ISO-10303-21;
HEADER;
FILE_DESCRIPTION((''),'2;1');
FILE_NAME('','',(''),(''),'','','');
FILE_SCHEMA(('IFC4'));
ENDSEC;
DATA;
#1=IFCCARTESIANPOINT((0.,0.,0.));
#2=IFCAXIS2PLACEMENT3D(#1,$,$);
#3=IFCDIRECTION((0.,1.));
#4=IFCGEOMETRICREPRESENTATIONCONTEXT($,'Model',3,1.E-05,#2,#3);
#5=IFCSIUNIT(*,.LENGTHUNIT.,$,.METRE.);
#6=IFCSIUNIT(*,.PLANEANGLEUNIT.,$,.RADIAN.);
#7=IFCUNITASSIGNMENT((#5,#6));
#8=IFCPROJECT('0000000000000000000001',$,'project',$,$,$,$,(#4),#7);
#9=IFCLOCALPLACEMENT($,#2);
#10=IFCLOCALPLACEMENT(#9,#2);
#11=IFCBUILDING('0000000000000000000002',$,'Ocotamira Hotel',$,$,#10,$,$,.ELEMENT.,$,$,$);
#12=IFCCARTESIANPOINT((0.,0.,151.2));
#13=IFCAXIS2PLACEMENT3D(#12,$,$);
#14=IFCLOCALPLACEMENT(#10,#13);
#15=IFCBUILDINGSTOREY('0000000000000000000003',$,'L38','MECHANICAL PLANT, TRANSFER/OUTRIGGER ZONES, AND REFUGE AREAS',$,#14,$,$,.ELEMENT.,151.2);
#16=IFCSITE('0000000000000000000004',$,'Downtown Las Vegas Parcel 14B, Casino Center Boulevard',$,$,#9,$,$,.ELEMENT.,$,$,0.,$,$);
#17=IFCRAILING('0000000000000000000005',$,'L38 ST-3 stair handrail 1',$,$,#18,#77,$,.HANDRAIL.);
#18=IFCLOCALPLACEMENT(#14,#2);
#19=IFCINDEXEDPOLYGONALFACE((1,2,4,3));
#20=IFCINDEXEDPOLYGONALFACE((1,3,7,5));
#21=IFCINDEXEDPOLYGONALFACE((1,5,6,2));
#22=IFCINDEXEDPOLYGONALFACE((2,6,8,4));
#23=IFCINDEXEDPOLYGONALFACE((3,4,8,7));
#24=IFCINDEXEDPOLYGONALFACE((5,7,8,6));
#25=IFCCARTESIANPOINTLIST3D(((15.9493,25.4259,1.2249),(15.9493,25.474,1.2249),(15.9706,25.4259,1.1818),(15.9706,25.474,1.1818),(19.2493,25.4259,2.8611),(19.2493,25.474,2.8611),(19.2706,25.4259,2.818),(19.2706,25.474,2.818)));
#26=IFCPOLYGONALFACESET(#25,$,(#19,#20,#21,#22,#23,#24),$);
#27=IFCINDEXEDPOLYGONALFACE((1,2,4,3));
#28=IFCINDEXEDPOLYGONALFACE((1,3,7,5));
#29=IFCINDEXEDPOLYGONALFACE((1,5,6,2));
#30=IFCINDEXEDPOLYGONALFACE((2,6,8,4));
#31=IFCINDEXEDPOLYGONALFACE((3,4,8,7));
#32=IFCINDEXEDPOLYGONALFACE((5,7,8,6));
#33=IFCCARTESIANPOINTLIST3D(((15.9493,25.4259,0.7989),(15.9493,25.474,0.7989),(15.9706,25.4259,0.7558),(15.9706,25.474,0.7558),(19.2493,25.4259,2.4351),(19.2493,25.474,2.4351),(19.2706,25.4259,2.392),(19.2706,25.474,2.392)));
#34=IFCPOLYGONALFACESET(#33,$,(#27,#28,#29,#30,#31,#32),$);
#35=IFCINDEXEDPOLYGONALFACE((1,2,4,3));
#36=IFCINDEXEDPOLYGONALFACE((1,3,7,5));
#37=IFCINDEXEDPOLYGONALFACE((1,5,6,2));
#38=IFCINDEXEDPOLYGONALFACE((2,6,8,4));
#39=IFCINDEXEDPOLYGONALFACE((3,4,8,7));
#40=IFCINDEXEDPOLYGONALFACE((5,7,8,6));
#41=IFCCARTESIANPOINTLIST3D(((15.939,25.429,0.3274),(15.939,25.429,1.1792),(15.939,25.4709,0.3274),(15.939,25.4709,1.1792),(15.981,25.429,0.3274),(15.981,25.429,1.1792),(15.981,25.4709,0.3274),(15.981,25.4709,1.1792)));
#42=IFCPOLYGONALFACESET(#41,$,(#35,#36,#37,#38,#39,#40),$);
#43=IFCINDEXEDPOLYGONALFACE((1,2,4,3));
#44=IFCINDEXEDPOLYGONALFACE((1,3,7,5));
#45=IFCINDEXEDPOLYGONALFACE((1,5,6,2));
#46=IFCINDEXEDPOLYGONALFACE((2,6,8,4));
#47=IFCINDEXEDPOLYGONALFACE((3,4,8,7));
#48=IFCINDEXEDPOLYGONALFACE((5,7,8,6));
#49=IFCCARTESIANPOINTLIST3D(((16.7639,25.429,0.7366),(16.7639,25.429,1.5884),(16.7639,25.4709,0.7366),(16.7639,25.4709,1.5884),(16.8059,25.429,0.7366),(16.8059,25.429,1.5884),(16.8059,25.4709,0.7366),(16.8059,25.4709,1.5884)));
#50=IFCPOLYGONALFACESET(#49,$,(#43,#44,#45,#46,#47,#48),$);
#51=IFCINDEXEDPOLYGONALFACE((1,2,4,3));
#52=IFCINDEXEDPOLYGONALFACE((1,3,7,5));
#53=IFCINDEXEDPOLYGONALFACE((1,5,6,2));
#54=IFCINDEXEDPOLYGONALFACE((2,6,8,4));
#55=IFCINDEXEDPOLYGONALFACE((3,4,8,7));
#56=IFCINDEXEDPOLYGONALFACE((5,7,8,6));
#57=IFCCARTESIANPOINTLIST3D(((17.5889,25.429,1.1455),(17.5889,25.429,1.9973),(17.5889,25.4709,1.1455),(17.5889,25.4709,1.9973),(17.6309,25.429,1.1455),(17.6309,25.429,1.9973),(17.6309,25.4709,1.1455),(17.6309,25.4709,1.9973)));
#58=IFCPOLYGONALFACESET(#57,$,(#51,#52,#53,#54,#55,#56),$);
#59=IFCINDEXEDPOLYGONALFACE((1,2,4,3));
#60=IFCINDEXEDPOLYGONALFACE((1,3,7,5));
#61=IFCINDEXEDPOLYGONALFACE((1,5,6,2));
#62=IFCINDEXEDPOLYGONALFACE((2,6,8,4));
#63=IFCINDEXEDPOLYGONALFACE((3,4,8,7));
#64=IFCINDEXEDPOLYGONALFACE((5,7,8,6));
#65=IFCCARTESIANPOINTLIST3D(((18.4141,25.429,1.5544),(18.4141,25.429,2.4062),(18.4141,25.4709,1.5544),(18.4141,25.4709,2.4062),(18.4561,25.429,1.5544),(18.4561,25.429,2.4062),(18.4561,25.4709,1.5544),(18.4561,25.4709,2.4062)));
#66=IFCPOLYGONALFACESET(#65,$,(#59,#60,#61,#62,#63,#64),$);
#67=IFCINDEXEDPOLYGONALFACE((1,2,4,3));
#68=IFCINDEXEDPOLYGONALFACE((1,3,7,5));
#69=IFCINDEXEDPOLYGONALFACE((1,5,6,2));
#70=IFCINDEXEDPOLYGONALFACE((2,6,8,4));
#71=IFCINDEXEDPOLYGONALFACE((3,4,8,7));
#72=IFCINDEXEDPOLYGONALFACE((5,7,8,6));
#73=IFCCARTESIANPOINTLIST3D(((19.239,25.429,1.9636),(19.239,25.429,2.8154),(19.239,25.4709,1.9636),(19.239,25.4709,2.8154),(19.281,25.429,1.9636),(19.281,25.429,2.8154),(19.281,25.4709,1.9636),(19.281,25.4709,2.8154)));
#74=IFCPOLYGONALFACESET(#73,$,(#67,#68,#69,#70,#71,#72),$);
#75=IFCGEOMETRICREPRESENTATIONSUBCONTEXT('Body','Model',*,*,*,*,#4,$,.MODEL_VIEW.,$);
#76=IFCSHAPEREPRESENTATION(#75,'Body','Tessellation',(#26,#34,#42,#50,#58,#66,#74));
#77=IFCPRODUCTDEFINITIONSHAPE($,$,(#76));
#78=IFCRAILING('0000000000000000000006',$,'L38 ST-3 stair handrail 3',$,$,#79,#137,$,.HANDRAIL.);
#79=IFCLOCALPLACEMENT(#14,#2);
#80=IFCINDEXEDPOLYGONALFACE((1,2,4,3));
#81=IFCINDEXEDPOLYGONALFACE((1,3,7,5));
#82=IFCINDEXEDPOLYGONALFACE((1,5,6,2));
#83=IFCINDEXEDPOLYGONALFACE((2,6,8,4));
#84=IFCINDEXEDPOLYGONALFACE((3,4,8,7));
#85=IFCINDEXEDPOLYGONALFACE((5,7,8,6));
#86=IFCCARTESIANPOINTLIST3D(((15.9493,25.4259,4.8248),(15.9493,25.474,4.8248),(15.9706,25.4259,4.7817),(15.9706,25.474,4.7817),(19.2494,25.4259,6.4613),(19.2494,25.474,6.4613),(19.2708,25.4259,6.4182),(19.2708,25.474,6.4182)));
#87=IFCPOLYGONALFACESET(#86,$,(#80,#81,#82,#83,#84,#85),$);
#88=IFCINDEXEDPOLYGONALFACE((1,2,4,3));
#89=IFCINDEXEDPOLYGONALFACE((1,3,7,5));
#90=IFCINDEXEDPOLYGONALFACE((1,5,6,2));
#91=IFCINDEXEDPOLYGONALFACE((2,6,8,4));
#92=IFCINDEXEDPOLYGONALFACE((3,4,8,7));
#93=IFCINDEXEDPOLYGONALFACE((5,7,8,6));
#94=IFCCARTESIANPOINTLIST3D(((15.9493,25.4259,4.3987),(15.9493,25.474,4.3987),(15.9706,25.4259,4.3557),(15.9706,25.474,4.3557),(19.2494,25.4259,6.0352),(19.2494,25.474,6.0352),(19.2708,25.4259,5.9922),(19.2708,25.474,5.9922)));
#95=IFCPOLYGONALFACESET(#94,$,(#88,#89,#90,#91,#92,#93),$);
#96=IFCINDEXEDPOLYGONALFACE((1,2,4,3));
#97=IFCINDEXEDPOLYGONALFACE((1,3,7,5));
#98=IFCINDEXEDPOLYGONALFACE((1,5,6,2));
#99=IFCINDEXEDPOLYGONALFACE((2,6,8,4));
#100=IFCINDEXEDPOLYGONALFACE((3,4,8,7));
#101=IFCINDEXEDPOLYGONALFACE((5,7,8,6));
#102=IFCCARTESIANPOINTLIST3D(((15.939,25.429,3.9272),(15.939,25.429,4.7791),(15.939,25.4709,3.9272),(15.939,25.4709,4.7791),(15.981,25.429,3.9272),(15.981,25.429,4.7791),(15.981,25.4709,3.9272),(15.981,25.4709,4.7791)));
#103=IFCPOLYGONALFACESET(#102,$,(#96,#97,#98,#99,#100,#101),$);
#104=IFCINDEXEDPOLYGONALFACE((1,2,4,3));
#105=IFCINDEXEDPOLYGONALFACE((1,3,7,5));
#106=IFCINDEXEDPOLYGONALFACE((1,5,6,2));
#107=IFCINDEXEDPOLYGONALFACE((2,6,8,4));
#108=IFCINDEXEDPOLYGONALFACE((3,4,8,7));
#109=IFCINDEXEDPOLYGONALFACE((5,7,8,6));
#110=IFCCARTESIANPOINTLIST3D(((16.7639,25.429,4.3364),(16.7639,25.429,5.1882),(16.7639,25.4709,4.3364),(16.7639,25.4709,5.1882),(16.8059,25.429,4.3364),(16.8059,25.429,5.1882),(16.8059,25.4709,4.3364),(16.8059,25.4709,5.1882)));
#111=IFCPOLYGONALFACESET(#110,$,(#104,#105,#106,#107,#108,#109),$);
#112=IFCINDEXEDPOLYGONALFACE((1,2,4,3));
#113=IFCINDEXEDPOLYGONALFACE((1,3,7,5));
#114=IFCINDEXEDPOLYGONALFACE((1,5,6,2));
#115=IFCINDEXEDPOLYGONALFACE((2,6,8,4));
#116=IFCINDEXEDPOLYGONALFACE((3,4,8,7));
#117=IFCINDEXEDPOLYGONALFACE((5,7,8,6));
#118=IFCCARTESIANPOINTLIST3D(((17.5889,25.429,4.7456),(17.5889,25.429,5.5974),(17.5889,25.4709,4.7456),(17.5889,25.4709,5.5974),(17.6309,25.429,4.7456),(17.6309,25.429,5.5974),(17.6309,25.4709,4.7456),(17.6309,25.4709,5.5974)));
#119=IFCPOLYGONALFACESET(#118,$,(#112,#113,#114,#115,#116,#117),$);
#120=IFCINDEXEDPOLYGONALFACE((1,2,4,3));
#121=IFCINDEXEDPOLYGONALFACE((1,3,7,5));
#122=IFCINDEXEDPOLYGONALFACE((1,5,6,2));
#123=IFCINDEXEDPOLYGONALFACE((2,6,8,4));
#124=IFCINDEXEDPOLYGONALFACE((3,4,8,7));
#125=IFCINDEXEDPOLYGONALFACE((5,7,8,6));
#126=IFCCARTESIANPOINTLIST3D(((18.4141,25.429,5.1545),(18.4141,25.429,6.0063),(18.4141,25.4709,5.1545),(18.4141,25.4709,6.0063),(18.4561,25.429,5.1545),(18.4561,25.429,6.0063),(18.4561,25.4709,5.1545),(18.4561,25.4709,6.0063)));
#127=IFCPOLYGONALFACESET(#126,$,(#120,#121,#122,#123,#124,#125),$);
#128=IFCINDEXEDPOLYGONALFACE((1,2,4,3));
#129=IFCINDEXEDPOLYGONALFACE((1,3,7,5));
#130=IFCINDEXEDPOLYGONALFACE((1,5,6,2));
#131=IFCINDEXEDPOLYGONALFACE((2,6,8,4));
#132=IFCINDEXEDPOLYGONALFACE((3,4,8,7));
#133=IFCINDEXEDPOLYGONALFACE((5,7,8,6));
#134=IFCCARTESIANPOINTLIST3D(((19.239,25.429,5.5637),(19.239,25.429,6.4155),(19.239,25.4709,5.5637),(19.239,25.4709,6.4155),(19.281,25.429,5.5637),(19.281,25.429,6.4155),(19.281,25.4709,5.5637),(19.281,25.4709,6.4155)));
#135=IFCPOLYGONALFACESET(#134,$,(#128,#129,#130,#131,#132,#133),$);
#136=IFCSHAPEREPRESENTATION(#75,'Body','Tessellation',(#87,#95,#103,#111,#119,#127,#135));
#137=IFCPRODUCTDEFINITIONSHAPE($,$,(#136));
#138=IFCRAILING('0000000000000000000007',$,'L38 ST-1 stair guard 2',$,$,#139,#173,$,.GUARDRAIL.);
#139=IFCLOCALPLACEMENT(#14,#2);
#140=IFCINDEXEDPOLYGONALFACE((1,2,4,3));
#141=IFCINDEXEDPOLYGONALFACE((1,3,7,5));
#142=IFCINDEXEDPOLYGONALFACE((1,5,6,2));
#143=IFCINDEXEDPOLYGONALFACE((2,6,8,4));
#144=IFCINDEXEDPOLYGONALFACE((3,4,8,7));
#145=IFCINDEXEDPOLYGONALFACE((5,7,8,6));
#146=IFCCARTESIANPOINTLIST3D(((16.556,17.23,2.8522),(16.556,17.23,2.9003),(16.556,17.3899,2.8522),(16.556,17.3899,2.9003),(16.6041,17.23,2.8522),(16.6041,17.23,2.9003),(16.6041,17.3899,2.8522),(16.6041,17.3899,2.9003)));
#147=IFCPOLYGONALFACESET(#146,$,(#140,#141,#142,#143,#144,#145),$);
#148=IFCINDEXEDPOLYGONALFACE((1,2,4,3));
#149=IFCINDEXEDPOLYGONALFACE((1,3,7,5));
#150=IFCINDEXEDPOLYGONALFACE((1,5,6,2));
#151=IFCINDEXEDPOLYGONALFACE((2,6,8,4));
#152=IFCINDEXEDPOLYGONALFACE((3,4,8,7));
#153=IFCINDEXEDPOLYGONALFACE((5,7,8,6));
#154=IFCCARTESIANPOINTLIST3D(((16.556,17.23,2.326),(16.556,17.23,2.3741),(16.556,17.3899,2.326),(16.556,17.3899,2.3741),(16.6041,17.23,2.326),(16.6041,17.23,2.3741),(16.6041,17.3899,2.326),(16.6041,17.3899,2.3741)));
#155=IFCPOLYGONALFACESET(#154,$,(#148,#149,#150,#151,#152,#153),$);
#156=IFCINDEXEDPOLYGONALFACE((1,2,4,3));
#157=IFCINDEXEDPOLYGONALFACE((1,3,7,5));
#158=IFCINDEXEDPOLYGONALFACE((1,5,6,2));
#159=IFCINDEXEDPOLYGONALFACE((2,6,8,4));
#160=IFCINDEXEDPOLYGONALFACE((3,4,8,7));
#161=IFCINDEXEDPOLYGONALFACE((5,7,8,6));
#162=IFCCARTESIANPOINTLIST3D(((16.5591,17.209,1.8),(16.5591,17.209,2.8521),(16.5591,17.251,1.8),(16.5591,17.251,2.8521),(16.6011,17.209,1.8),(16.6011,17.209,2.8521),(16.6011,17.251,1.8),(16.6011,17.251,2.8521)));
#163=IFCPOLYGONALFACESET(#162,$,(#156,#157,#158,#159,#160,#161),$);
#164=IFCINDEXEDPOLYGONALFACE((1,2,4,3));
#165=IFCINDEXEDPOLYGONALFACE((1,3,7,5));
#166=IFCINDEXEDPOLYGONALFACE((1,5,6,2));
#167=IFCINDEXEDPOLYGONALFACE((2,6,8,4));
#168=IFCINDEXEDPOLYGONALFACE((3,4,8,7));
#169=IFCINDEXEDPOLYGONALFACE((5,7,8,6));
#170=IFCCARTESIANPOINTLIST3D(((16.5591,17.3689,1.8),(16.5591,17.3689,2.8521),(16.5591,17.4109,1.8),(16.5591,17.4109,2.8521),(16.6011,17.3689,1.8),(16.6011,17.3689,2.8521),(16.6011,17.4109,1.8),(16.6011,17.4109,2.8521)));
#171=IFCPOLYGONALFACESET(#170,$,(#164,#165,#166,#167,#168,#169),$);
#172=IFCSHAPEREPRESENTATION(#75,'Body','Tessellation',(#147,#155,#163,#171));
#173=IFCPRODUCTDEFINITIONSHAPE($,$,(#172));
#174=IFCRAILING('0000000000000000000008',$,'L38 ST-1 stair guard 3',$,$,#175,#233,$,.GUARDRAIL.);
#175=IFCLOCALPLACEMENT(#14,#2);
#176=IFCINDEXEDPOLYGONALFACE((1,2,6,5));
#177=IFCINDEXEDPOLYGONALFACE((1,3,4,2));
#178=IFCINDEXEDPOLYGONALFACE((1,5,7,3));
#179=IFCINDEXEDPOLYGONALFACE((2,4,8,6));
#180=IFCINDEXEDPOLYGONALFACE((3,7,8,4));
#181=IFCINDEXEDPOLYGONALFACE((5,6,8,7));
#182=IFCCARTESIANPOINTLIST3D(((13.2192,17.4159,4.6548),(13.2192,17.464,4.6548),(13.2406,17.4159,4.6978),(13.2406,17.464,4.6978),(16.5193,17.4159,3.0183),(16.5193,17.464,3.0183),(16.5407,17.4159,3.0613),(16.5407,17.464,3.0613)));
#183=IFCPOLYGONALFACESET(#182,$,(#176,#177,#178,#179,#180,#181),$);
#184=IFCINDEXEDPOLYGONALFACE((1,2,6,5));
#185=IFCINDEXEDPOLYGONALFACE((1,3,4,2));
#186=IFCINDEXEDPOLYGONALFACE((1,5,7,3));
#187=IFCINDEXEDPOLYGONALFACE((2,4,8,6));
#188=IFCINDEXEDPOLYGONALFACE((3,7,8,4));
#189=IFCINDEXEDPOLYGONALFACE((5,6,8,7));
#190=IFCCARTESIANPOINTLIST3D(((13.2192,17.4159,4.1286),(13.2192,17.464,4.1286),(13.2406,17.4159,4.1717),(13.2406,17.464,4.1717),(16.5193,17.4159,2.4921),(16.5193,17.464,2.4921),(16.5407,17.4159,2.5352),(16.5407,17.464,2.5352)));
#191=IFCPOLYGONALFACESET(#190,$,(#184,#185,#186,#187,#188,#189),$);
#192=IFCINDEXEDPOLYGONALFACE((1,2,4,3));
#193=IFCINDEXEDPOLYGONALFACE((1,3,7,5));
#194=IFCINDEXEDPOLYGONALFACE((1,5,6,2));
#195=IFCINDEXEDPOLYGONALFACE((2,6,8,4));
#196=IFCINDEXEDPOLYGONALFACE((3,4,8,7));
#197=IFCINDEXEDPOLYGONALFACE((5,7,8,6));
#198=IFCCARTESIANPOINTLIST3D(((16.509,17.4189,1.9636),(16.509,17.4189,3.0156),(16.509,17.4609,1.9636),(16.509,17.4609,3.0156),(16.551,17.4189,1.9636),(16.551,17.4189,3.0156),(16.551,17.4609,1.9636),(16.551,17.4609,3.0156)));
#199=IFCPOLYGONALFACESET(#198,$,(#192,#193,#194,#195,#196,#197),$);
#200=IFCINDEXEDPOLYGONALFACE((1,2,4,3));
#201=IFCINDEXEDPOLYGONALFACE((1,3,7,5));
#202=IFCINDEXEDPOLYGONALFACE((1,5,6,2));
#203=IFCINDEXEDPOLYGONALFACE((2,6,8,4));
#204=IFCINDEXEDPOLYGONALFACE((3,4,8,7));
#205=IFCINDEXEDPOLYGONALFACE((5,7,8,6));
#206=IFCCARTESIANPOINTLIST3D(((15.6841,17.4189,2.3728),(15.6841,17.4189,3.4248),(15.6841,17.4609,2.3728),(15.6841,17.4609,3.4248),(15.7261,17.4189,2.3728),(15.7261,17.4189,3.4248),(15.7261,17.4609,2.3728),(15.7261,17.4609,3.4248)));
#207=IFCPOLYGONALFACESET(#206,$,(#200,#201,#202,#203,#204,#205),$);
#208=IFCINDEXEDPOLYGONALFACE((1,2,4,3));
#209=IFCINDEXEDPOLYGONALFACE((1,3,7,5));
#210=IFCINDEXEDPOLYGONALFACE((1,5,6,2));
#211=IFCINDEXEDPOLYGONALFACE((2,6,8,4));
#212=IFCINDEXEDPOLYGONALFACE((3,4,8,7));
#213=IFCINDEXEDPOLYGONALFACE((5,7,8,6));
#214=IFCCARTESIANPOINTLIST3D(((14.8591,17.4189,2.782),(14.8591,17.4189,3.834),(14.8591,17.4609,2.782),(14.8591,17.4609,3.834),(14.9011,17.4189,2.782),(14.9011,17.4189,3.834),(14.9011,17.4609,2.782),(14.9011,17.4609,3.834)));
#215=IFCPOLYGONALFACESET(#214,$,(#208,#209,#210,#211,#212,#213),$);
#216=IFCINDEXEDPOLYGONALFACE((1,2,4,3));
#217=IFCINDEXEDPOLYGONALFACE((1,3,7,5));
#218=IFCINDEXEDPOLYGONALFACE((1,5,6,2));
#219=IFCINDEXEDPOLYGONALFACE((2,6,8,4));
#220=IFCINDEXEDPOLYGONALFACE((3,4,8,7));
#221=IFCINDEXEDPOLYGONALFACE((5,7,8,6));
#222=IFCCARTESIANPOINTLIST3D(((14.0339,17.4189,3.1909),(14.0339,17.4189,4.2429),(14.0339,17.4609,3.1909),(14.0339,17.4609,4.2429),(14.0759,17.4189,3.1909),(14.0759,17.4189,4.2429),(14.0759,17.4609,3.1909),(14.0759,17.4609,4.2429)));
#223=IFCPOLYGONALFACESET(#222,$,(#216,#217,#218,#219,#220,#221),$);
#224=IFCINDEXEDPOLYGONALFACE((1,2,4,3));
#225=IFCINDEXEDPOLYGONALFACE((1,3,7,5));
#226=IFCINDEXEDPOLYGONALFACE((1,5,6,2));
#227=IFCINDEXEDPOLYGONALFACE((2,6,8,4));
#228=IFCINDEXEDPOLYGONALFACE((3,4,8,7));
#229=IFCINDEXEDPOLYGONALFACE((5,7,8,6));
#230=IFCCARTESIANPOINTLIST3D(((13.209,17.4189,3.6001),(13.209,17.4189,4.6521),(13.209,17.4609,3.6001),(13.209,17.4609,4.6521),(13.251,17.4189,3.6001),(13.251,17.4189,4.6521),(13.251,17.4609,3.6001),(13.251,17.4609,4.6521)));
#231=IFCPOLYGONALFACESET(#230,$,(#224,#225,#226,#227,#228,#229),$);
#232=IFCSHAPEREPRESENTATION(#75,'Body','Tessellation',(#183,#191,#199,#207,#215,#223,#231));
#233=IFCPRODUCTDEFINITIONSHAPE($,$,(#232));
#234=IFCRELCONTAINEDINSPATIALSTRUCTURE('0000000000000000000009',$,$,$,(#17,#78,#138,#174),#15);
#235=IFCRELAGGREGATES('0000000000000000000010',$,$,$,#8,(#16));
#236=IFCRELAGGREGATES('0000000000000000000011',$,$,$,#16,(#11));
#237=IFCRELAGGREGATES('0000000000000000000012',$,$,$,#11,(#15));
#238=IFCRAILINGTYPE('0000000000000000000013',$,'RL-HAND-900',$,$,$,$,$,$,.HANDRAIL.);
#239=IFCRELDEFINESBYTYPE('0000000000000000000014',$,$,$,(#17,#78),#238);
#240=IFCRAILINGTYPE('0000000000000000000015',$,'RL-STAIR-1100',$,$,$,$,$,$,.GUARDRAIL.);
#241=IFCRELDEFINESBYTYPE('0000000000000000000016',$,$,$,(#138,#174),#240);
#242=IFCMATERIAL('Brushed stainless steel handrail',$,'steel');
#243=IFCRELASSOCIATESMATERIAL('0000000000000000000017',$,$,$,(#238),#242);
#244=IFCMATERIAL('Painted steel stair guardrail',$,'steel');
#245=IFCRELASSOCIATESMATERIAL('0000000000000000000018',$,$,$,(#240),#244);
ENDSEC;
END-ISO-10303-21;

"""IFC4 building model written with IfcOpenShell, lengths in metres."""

from ifc_helpers import new_model, si_unit, direction, frame, origin, origin_2d, place, context, subcontext, project, spatial, rectangle, extrude, material, type_object, element, save


model = new_model("IFC4")

# Units and contexts
model_context = context("Model", 3, precision=1e-05, world=origin(), true_north=direction((0.0, 1.0)))
body_context = subcontext(model_context, "Body", "Model", "MODEL_VIEW")
ifc_project = project(units=[si_unit("LENGTHUNIT", "METRE"), si_unit("PLANEANGLEUNIT", "RADIAN")], contexts=[model_context])

# Site, building, storey
site_placement = place(None, origin())
site = spatial("IfcSite", under=ifc_project, at=site_placement, Name="Downtown Las Vegas Parcel 14B, Casino Center Boulevard", CompositionType="ELEMENT", RefElevation=0.0)
building_placement = place(site_placement, origin())
building = spatial("IfcBuilding", under=site, at=building_placement, Name="Ocotamira Hotel", CompositionType="ELEMENT")
storey_placement = place(building_placement, frame((0.0, 0.0, 151.2)))
storey = spatial("IfcBuildingStorey", under=building, at=storey_placement, Name="L38", Description="MECHANICAL PLANT, TRANSFER/OUTRIGGER ZONES, AND REFUGE AREAS", CompositionType="ELEMENT", Elevation=151.2)

# Railings
ifc_material_1 = material(Name="Brushed stainless steel handrail", Category="steel")
railing_type_1 = type_object("IfcRailingType", Name="RL-HAND-900", PredefinedType="HANDRAIL", material=ifc_material_1)
railing_1_placement = place(storey_placement, frame((15.96, 25.45, 0.3274)))
element("IfcRailing", 1, at=railing_1_placement, inside=storey, type_object=railing_type_1, Name="L38 ST-3 stair handrail 1", PredefinedType="HANDRAIL", context=body_context, shape_type="SweptSolid", body=[
    extrude(rectangle(XDim=0.0481, YDim=0.0481, at=origin_2d()), frame((0.0, 0.0, 0.876), z_axis=(0.89592, 0.0, 0.444215), x_axis=(0.0, 1.0, 0.0)), (0.0, 0.0, 1.0), 3.6833),
    extrude(rectangle(XDim=0.0481, YDim=0.0481, at=origin_2d()), frame((0.0, 0.0, 0.45), z_axis=(0.89592, 0.0, 0.444215), x_axis=(0.0, 1.0, 0.0)), (0.0, 0.0, 1.0), 3.6833),
    extrude(rectangle(XDim=0.042, YDim=0.042, at=origin_2d()), origin(), (0.0, 0.0, 1.0), 0.8518),
    extrude(rectangle(XDim=0.042, YDim=0.042, at=origin_2d()), frame((0.825, 0.0, 0.4092)), (0.0, 0.0, 1.0), 0.8518),
    extrude(rectangle(XDim=0.042, YDim=0.042, at=origin_2d()), frame((1.6499, 0.0, 0.8181)), (0.0, 0.0, 1.0), 0.8518),
    extrude(rectangle(XDim=0.042, YDim=0.042, at=origin_2d()), frame((2.4751, 0.0, 1.2271)), (0.0, 0.0, 1.0), 0.8518),
    extrude(rectangle(XDim=0.042, YDim=0.042, at=origin_2d()), frame((3.3, 0.0, 1.6362)), (0.0, 0.0, 1.0), 0.8518),
])
railing_2_placement = place(storey_placement, frame((15.96, 25.45, 3.9272)))
element("IfcRailing", 2, at=railing_2_placement, inside=storey, type_object=railing_type_1, Name="L38 ST-3 stair handrail 3", PredefinedType="HANDRAIL", context=body_context, shape_type="SweptSolid", body=[
    extrude(rectangle(XDim=0.0481, YDim=0.0481, at=origin_2d()), frame((0.0, 0.0, 0.876), z_axis=(0.895894, 0.0, 0.444268), x_axis=(0.0, 1.0, 0.0)), (0.0, 0.0, 1.0), 3.6836),
    extrude(rectangle(XDim=0.0481, YDim=0.0481, at=origin_2d()), frame((0.0, 0.0, 0.45), z_axis=(0.895894, 0.0, 0.444268), x_axis=(0.0, 1.0, 0.0)), (0.0, 0.0, 1.0), 3.6836),
    extrude(rectangle(XDim=0.042, YDim=0.042, at=origin_2d()), origin(), (0.0, 0.0, 1.0), 0.8518),
    extrude(rectangle(XDim=0.042, YDim=0.042, at=origin_2d()), frame((0.825, 0.0, 0.4092)), (0.0, 0.0, 1.0), 0.8518),
    extrude(rectangle(XDim=0.042, YDim=0.042, at=origin_2d()), frame((1.6499, 0.0, 0.8184)), (0.0, 0.0, 1.0), 0.8518),
    extrude(rectangle(XDim=0.042, YDim=0.042, at=origin_2d()), frame((2.4751, 0.0, 1.2273)), (0.0, 0.0, 1.0), 0.8518),
    extrude(rectangle(XDim=0.042, YDim=0.042, at=origin_2d()), frame((3.3, 0.0, 1.6365)), (0.0, 0.0, 1.0), 0.8518),
])
ifc_material_2 = material(Name="Painted steel stair guardrail", Category="steel")
railing_type_2 = type_object("IfcRailingType", Name="RL-STAIR-1100", PredefinedType="GUARDRAIL", material=ifc_material_2)
railing_3_placement = place(storey_placement, frame((16.5801, 17.23, 1.8)))
element("IfcRailing", 3, at=railing_3_placement, inside=storey, type_object=railing_type_2, Name="L38 ST-1 stair guard 2", PredefinedType="GUARDRAIL", context=body_context, shape_type="SweptSolid", body=[
    extrude(rectangle(XDim=0.0481, YDim=0.0481, at=origin_2d()), frame((0.0, 0.0, 1.0762), z_axis=(0.0, 1.0, 0.0), x_axis=(-1.0, 0.0, 0.0)), (0.0, 0.0, 1.0), 0.1599),
    extrude(rectangle(XDim=0.0481, YDim=0.0481, at=origin_2d()), frame((0.0, 0.0, 0.55), z_axis=(0.0, 1.0, 0.0), x_axis=(-1.0, 0.0, 0.0)), (0.0, 0.0, 1.0), 0.1599),
    extrude(rectangle(XDim=0.042, YDim=0.042, at=origin_2d()), origin(), (0.0, 0.0, 1.0), 1.052),
    extrude(rectangle(XDim=0.042, YDim=0.042, at=origin_2d()), frame((0.0, 0.1599, 0.0)), (0.0, 0.0, 1.0), 1.052),
])
railing_4_placement = place(storey_placement, frame((16.53, 17.4399, 1.9636)))
element("IfcRailing", 4, at=railing_4_placement, inside=storey, type_object=railing_type_2, Name="L38 ST-1 stair guard 3", PredefinedType="GUARDRAIL", context=body_context, shape_type="SweptSolid", body=[
    extrude(rectangle(XDim=0.0481, YDim=0.0481, at=origin_2d()), frame((0.0, 0.0, 1.0762), z_axis=(-0.895894, 0.0, 0.444268), x_axis=(0.0, -1.0, 0.0)), (0.0, 0.0, 1.0), 3.6836),
    extrude(rectangle(XDim=0.0481, YDim=0.0481, at=origin_2d()), frame((0.0, 0.0, 0.55), z_axis=(-0.895894, 0.0, 0.444268), x_axis=(0.0, -1.0, 0.0)), (0.0, 0.0, 1.0), 3.6836),
    extrude(rectangle(XDim=0.042, YDim=0.042, at=origin_2d()), origin(), (0.0, 0.0, 1.0), 1.052),
    extrude(rectangle(XDim=0.042, YDim=0.042, at=origin_2d()), frame((-0.825, 0.0, 0.4092)), (0.0, 0.0, 1.0), 1.052),
    extrude(rectangle(XDim=0.042, YDim=0.042, at=origin_2d()), frame((-1.6499, 0.0, 0.8184)), (0.0, 0.0, 1.0), 1.052),
    extrude(rectangle(XDim=0.042, YDim=0.042, at=origin_2d()), frame((-2.4751, 0.0, 1.2273)), (0.0, 0.0, 1.0), 1.052),
    extrude(rectangle(XDim=0.042, YDim=0.042, at=origin_2d()), frame((-3.3, 0.0, 1.6365)), (0.0, 0.0, 1.0), 1.052),
])

save(model, "model.ifc")
